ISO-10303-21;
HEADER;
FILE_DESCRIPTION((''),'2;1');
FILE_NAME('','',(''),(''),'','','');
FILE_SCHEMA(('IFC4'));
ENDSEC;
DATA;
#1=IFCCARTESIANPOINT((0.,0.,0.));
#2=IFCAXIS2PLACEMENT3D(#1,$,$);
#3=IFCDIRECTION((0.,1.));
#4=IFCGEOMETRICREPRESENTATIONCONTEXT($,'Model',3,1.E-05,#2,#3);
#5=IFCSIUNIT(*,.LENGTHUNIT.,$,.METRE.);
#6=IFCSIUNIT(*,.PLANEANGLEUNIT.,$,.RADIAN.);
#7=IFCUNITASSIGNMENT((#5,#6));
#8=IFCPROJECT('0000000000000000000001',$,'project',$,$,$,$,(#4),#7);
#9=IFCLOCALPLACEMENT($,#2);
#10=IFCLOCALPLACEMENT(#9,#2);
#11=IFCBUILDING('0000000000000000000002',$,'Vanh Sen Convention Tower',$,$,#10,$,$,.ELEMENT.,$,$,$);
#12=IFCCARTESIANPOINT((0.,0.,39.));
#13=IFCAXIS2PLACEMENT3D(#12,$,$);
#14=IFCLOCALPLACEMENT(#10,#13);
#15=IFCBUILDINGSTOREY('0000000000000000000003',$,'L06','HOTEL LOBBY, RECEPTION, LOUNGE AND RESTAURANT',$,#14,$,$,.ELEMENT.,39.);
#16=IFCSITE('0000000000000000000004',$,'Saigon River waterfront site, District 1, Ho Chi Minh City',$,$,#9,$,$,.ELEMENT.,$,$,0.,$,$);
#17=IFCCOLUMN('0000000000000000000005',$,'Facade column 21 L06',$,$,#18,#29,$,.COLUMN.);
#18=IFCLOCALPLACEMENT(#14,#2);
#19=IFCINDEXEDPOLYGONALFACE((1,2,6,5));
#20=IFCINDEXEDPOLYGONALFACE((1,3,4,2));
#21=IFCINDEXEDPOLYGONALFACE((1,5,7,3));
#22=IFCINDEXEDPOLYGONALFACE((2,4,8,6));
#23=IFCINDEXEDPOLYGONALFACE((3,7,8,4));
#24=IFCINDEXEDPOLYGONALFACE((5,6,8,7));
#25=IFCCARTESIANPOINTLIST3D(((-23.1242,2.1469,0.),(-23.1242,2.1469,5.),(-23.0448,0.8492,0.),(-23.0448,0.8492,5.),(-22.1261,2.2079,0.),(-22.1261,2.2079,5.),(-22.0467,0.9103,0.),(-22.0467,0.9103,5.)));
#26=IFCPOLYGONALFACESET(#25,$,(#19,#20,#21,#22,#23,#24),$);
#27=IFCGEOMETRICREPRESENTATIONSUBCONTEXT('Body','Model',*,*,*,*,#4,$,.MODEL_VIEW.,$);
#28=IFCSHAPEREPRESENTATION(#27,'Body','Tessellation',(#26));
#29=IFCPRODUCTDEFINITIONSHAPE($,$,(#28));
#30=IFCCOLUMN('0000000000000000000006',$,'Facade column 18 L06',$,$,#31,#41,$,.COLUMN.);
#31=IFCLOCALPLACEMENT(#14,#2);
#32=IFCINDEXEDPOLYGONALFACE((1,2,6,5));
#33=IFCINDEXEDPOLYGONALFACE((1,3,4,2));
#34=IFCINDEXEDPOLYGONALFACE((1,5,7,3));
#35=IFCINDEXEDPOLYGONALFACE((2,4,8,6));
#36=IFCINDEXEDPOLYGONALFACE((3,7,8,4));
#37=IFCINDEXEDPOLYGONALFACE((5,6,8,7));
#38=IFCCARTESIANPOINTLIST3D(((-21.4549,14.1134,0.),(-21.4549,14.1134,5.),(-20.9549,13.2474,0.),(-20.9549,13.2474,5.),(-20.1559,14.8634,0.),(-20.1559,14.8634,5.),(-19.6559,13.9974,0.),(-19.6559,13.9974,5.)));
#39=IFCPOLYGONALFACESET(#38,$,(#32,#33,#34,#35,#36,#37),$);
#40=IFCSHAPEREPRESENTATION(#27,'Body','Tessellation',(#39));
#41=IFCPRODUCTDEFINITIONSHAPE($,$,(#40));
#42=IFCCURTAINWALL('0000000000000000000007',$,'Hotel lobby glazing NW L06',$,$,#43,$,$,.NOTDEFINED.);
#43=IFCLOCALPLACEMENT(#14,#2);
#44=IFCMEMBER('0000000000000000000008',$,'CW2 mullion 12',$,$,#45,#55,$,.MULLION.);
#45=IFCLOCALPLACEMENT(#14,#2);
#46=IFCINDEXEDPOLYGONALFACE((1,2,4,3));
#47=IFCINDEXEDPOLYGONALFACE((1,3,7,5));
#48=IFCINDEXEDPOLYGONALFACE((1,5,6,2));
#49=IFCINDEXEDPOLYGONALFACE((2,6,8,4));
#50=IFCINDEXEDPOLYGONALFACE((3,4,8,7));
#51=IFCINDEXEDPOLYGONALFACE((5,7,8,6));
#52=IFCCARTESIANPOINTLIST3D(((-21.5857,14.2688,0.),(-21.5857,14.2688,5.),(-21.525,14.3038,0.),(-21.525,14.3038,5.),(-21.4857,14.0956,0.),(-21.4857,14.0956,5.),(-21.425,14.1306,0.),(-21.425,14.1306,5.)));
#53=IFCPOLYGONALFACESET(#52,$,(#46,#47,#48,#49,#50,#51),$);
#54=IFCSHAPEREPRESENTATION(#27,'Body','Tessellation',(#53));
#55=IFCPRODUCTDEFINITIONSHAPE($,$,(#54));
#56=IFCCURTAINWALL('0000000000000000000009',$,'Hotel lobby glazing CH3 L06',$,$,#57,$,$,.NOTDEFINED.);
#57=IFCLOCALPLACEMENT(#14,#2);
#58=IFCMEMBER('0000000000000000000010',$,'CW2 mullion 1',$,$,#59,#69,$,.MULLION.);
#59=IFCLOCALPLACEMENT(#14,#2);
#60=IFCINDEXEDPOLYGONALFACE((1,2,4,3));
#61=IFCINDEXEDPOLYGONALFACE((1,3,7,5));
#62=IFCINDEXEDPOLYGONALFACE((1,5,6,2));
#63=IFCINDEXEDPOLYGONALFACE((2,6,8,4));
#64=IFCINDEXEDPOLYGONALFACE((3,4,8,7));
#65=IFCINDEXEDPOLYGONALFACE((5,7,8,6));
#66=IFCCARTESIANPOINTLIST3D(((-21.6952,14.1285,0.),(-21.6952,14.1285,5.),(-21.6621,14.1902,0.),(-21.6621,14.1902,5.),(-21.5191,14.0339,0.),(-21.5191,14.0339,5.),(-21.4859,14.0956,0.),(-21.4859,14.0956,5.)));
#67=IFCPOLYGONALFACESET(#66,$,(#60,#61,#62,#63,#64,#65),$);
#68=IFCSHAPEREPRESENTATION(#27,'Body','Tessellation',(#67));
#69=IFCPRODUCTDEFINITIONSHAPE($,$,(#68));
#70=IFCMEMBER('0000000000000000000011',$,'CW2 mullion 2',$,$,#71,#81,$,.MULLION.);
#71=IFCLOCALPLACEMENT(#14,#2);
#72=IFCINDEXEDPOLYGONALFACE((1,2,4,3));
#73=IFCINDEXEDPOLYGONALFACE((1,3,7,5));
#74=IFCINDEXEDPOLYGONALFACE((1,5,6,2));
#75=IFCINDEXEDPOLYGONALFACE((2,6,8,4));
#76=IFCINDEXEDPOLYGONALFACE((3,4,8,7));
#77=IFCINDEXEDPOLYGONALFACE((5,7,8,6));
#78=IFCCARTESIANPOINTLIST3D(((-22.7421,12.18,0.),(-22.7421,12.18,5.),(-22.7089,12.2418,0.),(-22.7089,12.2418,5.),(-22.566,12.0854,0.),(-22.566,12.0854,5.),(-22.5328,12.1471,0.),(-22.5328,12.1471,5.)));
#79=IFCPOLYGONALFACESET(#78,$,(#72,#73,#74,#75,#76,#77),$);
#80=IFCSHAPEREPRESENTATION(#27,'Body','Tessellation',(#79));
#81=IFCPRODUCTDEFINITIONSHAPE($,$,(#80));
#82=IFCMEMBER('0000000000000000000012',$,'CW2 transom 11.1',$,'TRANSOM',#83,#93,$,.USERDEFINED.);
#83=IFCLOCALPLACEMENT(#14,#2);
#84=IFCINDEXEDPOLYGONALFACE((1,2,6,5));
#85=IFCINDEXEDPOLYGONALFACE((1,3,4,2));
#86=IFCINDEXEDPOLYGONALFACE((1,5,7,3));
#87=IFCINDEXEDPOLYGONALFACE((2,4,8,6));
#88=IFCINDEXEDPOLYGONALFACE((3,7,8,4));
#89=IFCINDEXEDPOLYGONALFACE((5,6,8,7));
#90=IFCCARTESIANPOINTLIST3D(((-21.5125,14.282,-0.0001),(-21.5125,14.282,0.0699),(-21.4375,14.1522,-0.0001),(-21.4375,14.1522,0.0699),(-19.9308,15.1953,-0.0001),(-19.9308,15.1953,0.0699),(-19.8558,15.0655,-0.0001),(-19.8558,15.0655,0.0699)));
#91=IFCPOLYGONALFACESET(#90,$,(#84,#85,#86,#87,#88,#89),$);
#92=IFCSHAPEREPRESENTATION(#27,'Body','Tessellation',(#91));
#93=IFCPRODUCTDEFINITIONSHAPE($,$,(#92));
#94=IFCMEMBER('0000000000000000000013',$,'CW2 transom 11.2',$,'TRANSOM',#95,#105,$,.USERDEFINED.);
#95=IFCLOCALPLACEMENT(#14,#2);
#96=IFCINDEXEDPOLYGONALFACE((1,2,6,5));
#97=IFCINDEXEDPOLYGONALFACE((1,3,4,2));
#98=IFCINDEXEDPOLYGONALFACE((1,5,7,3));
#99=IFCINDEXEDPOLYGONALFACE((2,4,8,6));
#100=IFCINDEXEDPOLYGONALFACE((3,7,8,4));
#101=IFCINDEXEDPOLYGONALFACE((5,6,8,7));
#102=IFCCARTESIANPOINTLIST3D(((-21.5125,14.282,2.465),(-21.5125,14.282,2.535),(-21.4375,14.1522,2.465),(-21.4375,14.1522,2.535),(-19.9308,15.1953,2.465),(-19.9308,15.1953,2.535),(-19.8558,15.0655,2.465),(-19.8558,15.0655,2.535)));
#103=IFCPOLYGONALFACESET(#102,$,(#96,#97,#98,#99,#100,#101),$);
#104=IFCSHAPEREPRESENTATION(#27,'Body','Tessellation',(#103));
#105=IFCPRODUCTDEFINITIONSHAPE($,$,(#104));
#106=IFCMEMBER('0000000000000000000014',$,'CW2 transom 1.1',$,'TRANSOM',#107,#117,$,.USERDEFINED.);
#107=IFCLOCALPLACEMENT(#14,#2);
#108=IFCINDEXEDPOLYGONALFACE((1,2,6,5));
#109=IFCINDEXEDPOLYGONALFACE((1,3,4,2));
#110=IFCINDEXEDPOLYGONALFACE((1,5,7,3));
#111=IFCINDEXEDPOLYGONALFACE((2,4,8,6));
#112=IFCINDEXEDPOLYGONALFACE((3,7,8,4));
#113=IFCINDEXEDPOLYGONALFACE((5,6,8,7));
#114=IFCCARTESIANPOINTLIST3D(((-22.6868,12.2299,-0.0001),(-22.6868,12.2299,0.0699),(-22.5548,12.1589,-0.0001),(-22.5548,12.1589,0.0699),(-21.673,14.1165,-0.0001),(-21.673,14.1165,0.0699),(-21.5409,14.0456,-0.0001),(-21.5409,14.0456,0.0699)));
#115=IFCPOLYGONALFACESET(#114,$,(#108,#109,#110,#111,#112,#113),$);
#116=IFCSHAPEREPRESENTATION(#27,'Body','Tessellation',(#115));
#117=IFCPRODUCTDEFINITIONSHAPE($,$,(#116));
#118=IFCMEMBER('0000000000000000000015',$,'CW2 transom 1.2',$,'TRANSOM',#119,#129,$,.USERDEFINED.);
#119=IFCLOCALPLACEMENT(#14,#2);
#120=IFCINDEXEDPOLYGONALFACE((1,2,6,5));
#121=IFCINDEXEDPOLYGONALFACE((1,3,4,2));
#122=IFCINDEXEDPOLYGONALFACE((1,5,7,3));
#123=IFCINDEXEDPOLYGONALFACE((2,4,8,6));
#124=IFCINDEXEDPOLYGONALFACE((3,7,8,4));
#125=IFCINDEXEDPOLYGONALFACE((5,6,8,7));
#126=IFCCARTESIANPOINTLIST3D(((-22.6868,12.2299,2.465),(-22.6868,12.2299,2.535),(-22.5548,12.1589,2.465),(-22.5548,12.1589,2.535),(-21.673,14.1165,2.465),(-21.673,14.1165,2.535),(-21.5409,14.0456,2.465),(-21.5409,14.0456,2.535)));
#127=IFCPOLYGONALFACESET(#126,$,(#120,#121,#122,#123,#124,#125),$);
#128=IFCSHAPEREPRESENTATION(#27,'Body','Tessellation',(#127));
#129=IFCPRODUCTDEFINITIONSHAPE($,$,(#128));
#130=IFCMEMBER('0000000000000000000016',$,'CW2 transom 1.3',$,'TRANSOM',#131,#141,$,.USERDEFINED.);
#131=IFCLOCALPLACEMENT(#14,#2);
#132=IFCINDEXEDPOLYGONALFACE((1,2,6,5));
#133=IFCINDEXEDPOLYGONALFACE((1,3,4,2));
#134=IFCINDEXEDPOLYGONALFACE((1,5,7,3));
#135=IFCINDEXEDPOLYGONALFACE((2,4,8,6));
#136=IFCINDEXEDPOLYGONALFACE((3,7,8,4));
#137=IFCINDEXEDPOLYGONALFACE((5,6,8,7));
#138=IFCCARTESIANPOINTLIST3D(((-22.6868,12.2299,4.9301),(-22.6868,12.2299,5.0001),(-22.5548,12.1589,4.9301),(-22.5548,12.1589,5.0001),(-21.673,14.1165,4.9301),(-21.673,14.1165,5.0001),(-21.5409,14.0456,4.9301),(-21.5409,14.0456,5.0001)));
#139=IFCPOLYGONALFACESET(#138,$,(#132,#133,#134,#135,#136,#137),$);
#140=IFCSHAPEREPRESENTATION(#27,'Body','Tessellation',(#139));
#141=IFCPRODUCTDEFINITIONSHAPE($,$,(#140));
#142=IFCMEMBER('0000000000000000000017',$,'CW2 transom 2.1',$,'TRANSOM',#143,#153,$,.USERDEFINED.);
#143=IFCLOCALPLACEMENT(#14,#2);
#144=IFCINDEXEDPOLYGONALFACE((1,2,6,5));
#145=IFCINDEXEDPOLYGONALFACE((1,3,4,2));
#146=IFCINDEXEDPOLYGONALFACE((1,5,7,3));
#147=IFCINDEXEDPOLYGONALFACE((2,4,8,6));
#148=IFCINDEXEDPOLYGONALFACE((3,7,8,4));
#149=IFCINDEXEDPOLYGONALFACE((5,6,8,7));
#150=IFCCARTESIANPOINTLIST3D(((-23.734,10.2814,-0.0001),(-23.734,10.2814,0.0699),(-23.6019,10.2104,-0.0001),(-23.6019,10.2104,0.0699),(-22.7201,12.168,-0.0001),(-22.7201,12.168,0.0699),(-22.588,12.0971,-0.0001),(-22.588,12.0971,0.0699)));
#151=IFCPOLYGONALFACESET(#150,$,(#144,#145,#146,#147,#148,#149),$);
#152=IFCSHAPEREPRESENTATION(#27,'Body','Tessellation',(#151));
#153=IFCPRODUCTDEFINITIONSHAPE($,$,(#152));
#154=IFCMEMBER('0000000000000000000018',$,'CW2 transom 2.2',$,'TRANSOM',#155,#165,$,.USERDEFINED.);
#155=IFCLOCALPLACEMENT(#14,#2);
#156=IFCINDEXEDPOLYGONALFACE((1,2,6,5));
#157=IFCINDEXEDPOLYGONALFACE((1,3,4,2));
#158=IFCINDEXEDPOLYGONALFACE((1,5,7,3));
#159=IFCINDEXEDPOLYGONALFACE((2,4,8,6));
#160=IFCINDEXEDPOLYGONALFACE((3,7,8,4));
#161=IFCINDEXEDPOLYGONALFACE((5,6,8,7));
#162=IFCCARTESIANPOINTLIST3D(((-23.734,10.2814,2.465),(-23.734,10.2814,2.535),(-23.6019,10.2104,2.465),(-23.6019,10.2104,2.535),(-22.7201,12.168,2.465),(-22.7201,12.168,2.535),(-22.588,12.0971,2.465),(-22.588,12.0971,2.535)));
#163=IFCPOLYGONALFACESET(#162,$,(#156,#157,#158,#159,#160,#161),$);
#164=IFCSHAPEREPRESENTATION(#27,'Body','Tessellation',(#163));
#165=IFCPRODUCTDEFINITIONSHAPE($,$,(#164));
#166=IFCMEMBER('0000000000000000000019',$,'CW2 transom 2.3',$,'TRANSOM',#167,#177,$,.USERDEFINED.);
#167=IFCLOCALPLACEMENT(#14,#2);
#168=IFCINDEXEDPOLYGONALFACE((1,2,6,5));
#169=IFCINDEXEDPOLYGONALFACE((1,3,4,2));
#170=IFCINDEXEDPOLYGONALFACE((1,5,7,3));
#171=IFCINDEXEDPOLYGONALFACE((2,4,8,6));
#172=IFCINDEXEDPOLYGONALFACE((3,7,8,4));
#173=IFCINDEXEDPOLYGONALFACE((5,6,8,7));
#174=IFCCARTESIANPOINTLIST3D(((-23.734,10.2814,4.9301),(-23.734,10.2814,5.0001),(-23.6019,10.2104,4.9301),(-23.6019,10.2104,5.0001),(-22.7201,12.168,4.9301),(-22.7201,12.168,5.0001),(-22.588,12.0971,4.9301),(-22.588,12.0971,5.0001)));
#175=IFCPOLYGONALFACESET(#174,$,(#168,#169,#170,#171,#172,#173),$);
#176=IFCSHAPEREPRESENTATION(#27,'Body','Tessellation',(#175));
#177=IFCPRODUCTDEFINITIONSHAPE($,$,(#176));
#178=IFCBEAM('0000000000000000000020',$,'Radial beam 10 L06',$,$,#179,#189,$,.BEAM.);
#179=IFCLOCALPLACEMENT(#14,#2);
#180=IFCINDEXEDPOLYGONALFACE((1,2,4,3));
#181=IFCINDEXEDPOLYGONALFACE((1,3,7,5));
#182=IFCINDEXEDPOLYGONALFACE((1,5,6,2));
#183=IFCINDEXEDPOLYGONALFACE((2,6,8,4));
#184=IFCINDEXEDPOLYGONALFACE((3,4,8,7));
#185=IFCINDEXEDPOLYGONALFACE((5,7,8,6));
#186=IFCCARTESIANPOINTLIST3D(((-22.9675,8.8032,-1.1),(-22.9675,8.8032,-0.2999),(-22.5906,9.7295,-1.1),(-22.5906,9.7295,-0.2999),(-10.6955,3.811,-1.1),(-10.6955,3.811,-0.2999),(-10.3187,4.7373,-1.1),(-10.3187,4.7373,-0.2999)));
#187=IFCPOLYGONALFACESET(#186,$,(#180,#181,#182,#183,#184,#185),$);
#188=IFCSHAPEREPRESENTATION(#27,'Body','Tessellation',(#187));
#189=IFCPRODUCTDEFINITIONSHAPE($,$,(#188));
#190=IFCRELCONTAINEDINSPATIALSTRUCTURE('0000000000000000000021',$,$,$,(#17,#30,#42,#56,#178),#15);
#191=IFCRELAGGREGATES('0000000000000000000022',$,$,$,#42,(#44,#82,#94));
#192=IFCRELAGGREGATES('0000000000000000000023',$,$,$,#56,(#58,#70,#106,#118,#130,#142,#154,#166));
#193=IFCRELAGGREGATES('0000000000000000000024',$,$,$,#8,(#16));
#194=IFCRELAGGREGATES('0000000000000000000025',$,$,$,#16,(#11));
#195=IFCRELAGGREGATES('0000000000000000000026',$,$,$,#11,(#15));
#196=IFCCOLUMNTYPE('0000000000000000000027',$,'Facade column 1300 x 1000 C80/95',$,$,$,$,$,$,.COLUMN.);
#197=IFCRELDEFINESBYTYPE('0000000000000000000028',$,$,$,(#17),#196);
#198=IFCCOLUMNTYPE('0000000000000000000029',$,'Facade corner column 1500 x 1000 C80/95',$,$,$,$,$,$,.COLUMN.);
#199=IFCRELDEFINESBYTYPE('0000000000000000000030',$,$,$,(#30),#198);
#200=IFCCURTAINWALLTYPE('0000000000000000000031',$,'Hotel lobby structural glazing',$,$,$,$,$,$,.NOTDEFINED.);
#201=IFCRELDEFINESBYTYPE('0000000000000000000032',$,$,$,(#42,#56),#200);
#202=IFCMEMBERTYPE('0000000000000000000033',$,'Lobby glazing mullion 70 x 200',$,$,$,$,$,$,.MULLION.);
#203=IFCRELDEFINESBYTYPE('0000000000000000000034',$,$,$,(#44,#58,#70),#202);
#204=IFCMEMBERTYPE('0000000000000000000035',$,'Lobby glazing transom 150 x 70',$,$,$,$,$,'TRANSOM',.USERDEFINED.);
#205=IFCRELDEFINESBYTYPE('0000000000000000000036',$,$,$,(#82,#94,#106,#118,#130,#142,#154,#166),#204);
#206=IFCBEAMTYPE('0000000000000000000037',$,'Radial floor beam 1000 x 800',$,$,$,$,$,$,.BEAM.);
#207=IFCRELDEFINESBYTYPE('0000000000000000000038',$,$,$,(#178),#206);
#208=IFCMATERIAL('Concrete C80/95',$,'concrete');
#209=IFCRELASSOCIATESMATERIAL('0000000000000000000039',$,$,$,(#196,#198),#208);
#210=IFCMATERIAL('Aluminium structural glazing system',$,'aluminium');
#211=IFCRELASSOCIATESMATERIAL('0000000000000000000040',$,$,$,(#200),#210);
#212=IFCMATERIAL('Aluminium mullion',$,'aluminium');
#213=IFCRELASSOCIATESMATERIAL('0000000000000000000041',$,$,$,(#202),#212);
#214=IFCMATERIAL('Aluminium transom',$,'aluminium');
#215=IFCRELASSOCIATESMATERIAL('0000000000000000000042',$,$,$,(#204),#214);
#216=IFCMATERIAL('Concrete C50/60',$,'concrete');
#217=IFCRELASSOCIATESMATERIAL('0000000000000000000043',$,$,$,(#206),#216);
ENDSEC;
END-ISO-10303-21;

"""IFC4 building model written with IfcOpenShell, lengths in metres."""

from ifc_helpers import new_model, si_unit, direction, frame, origin, origin_2d, place, context, subcontext, project, spatial, rectangle, extrude, material, material_profile, profile_set, type_object, element, aggregate, save


model = new_model("IFC4")

# Units and contexts
model_context = context("Model", 3, precision=1e-05, world=origin(), true_north=direction((0.0, 1.0)))
body_context = subcontext(model_context, "Body", "Model", "MODEL_VIEW")
ifc_project = project(units=[si_unit("LENGTHUNIT", "METRE"), si_unit("PLANEANGLEUNIT", "RADIAN")], contexts=[model_context])

# Site, building, storey
site_placement = place(None, origin())
site = spatial("IfcSite", under=ifc_project, at=site_placement, Name="Saigon River waterfront site, District 1, Ho Chi Minh City", CompositionType="ELEMENT", RefElevation=0.0)
building_placement = place(site_placement, origin())
building = spatial("IfcBuilding", under=site, at=building_placement, Name="Vanh Sen Convention Tower", CompositionType="ELEMENT")
storey_placement = place(building_placement, frame((0.0, 0.0, 39.0)))
storey = spatial("IfcBuildingStorey", under=building, at=storey_placement, Name="L06", Description="HOTEL LOBBY, RECEPTION, LOUNGE AND RESTAURANT", CompositionType="ELEMENT", Elevation=39.0)

# Columns
ifc_material_1 = material(Name="Concrete C80/95", Category="concrete")
ifc_material_profile_1 = material_profile(ifc_material_1, rectangle(XDim=1.3, YDim=1.0, at=origin_2d()), Name="RC 1300X1000")
ifc_profile_set_1 = profile_set([ifc_material_profile_1], Name="Concrete C80/95")
column_type_1 = type_object("IfcColumnType", Name="Facade column 1300 x 1000 C80/95", PredefinedType="COLUMN", material=ifc_profile_set_1)
column_1_placement = place(storey_placement, frame((-22.5854, 1.5286, 0.0), z_axis=(0.0, 0.0, 1.0), x_axis=(0.061049, -0.998135, 0.0)))
element("IfcColumn", 1, at=column_1_placement, inside=storey, type_object=column_type_1, Name="Facade column 21 L06", PredefinedType="COLUMN", context=body_context, shape_type="SweptSolid", body=[
    extrude(rectangle(XDim=1.3, YDim=1.0, at=origin_2d()), origin(), (0.0, 0.0, 1.0), 5.0),
])
ifc_material_profile_2 = material_profile(ifc_material_1, rectangle(XDim=1.5, YDim=1.0, at=origin_2d()), Name="RC 1500X1000")
ifc_profile_set_2 = profile_set([ifc_material_profile_2], Name="Concrete C80/95")
column_type_2 = type_object("IfcColumnType", Name="Facade corner column 1500 x 1000 C80/95", PredefinedType="COLUMN", material=ifc_profile_set_2)
column_2_placement = place(storey_placement, frame((-20.5554, 14.0554, 0.0), z_axis=(0.0, 0.0, 1.0), x_axis=(-0.866025, -0.5, 0.0)))
element("IfcColumn", 2, at=column_2_placement, inside=storey, type_object=column_type_2, Name="Facade column 18 L06", PredefinedType="COLUMN", context=body_context, shape_type="SweptSolid", body=[
    extrude(rectangle(XDim=1.5, YDim=1.0, at=origin_2d()), origin(), (0.0, 0.0, 1.0), 5.0),
])

# Curtain wall, member
ifc_material_2 = material(Name="Aluminium structural glazing system", Category="aluminium")
curtain_wall_type = type_object("IfcCurtainWallType", Name="Hotel lobby structural glazing", PredefinedType="NOTDEFINED", material=ifc_material_2)
curtain_wall_1_placement = place(storey_placement, origin())
curtain_wall_1 = element("IfcCurtainWall", 3, at=curtain_wall_1_placement, inside=storey, type_object=curtain_wall_type, Name="Hotel lobby glazing NW L06", PredefinedType="NOTDEFINED")
ifc_material_3 = material(Name="Aluminium mullion", Category="aluminium")
ifc_material_profile_3 = material_profile(ifc_material_3, rectangle(XDim=0.2, YDim=0.0701, at=origin_2d()), Name="Lobby glazing mullion 70 x 200")
ifc_profile_set_3 = profile_set([ifc_material_profile_3], Name="Aluminium mullion")
member_type_1 = type_object("IfcMemberType", Name="Lobby glazing mullion 70 x 200", PredefinedType="MULLION", material=ifc_profile_set_3)
member_1_placement = place(storey_placement, frame((-21.5054, 14.1997, 0.0), z_axis=(0.0, 0.0, 1.0), x_axis=(0.500001, -0.866025, 0.0)))
member_1 = element("IfcMember", 4, at=member_1_placement, type_object=member_type_1, Name="CW2 mullion 12", PredefinedType="MULLION", context=body_context, shape_type="SweptSolid", body=[
    extrude(rectangle(XDim=0.2, YDim=0.0701, at=origin_2d()), origin(), (0.0, 0.0, 1.0), 5.0),
])

# Curtain wall, members
curtain_wall_2_placement = place(storey_placement, origin())
curtain_wall_2 = element("IfcCurtainWall", 5, at=curtain_wall_2_placement, inside=storey, type_object=curtain_wall_type, Name="Hotel lobby glazing CH3 L06", PredefinedType="NOTDEFINED")
member_2_placement = place(storey_placement, frame((-21.5906, 14.1121, 0.0), z_axis=(0.0, 0.0, 1.0), x_axis=(0.880884, -0.473331, 0.0)))
member_2 = element("IfcMember", 6, at=member_2_placement, type_object=member_type_1, Name="CW2 mullion 1", PredefinedType="MULLION", context=body_context, shape_type="SweptSolid", body=[
    extrude(rectangle(XDim=0.2, YDim=0.0701, at=origin_2d()), origin(), (0.0, 0.0, 1.0), 5.0),
])
member_3_placement = place(storey_placement, frame((-22.6375, 12.1636, 0.0), z_axis=(0.0, 0.0, 1.0), x_axis=(0.880884, -0.473331, 0.0)))
member_3 = element("IfcMember", 7, at=member_3_placement, type_object=member_type_1, Name="CW2 mullion 2", PredefinedType="MULLION", context=body_context, shape_type="SweptSolid", body=[
    extrude(rectangle(XDim=0.2, YDim=0.0701, at=origin_2d()), origin(), (0.0, 0.0, 1.0), 5.0),
])

# Members
ifc_material_4 = material(Name="Aluminium transom", Category="aluminium")
ifc_material_profile_4 = material_profile(ifc_material_4, rectangle(XDim=0.1499, YDim=0.0701, at=origin_2d()), Name="Lobby glazing transom 150 x 70")
ifc_profile_set_4 = profile_set([ifc_material_profile_4], Name="Aluminium transom")
member_type_2 = type_object("IfcMemberType", Name="Lobby glazing transom 150 x 70", ElementType="TRANSOM", PredefinedType="USERDEFINED", material=ifc_profile_set_4)
member_4_placement = place(storey_placement, frame((-19.8933, 15.1304, 0.0349), z_axis=(-0.866005, -0.500035, 0.0), x_axis=(0.500035, -0.866005, 0.0)))
member_4 = element("IfcMember", 8, at=member_4_placement, type_object=member_type_2, Name="CW2 transom 11.1", ObjectType="TRANSOM", PredefinedType="USERDEFINED", context=body_context, shape_type="SweptSolid", body=[
    extrude(rectangle(XDim=0.1499, YDim=0.0701, at=origin_2d()), origin(), (0.0, 0.0, 1.0), 1.8264),
])
member_5_placement = place(storey_placement, frame((-19.8933, 15.1304, 2.5), z_axis=(-0.866005, -0.500035, 0.0), x_axis=(0.500035, -0.866005, 0.0)))
member_5 = element("IfcMember", 9, at=member_5_placement, type_object=member_type_2, Name="CW2 transom 11.2", ObjectType="TRANSOM", PredefinedType="USERDEFINED", context=body_context, shape_type="SweptSolid", body=[
    extrude(rectangle(XDim=0.1499, YDim=0.0701, at=origin_2d()), origin(), (0.0, 0.0, 1.0), 1.8264),
])
member_6_placement = place(storey_placement, frame((-21.6069, 14.0811, 0.0349), z_axis=(-0.473372, -0.880862, 0.0), x_axis=(0.880862, -0.473372, 0.0)))
member_6 = element("IfcMember", 10, at=member_6_placement, type_object=member_type_2, Name="CW2 transom 1.1", ObjectType="TRANSOM", PredefinedType="USERDEFINED", context=body_context, shape_type="SweptSolid", body=[
    extrude(rectangle(XDim=0.1499, YDim=0.0701, at=origin_2d()), origin(), (0.0, 0.0, 1.0), 2.1418),
])
member_7_placement = place(storey_placement, frame((-21.6069, 14.0811, 2.5), z_axis=(-0.473372, -0.880862, 0.0), x_axis=(0.880862, -0.473372, 0.0)))
member_7 = element("IfcMember", 11, at=member_7_placement, type_object=member_type_2, Name="CW2 transom 1.2", ObjectType="TRANSOM", PredefinedType="USERDEFINED", context=body_context, shape_type="SweptSolid", body=[
    extrude(rectangle(XDim=0.1499, YDim=0.0701, at=origin_2d()), origin(), (0.0, 0.0, 1.0), 2.1418),
])
member_8_placement = place(storey_placement, frame((-21.6069, 14.0811, 4.9651), z_axis=(-0.473372, -0.880862, 0.0), x_axis=(0.880862, -0.473372, 0.0)))
member_8 = element("IfcMember", 12, at=member_8_placement, type_object=member_type_2, Name="CW2 transom 1.3", ObjectType="TRANSOM", PredefinedType="USERDEFINED", context=body_context, shape_type="SweptSolid", body=[
    extrude(rectangle(XDim=0.1499, YDim=0.0701, at=origin_2d()), origin(), (0.0, 0.0, 1.0), 2.1418),
])
member_9_placement = place(storey_placement, frame((-22.6541, 12.1326, 0.0349), z_axis=(-0.473372, -0.880862, 0.0), x_axis=(0.880862, -0.473372, 0.0)))
member_9 = element("IfcMember", 13, at=member_9_placement, type_object=member_type_2, Name="CW2 transom 2.1", ObjectType="TRANSOM", PredefinedType="USERDEFINED", context=body_context, shape_type="SweptSolid", body=[
    extrude(rectangle(XDim=0.1499, YDim=0.0701, at=origin_2d()), origin(), (0.0, 0.0, 1.0), 2.1418),
])
member_10_placement = place(storey_placement, frame((-22.6541, 12.1326, 2.5), z_axis=(-0.473372, -0.880862, 0.0), x_axis=(0.880862, -0.473372, 0.0)))
member_10 = element("IfcMember", 14, at=member_10_placement, type_object=member_type_2, Name="CW2 transom 2.2", ObjectType="TRANSOM", PredefinedType="USERDEFINED", context=body_context, shape_type="SweptSolid", body=[
    extrude(rectangle(XDim=0.1499, YDim=0.0701, at=origin_2d()), origin(), (0.0, 0.0, 1.0), 2.1418),
])
member_11_placement = place(storey_placement, frame((-22.6541, 12.1326, 4.9651), z_axis=(-0.473372, -0.880862, 0.0), x_axis=(0.880862, -0.473372, 0.0)))
member_11 = element("IfcMember", 15, at=member_11_placement, type_object=member_type_2, Name="CW2 transom 2.3", ObjectType="TRANSOM", PredefinedType="USERDEFINED", context=body_context, shape_type="SweptSolid", body=[
    extrude(rectangle(XDim=0.1499, YDim=0.0701, at=origin_2d()), origin(), (0.0, 0.0, 1.0), 2.1418),
])

# Beam
ifc_material_5 = material(Name="Concrete C50/60", Category="concrete")
ifc_material_profile_5 = material_profile(ifc_material_5, rectangle(XDim=1.0, YDim=0.8, at=origin_2d()), Name="RC 1000X800")
ifc_profile_set_5 = profile_set([ifc_material_profile_5], Name="Concrete C50/60")
beam_type_1 = type_object("IfcBeamType", Name="Radial floor beam 1000 x 800", PredefinedType="BEAM", material=ifc_profile_set_5)
beam_1_placement = place(storey_placement, frame((-22.7791, 9.2664, -0.7), z_axis=(0.92629, -0.376811, 0.0), x_axis=(0.376811, 0.92629, 0.0)))
element("IfcBeam", 16, at=beam_1_placement, inside=storey, type_object=beam_type_1, Name="Radial beam 10 L06", PredefinedType="BEAM", context=body_context, shape_type="SweptSolid", body=[
    extrude(rectangle(XDim=1.0, YDim=0.8, at=origin_2d()), origin(), (0.0, 0.0, 1.0), 13.2485),
])

aggregate(curtain_wall_1, [member_1, member_4, member_5])
aggregate(curtain_wall_2, [member_2, member_3, member_6, member_7, member_8, member_9, member_10, member_11])

save(model, "model.ifc")
